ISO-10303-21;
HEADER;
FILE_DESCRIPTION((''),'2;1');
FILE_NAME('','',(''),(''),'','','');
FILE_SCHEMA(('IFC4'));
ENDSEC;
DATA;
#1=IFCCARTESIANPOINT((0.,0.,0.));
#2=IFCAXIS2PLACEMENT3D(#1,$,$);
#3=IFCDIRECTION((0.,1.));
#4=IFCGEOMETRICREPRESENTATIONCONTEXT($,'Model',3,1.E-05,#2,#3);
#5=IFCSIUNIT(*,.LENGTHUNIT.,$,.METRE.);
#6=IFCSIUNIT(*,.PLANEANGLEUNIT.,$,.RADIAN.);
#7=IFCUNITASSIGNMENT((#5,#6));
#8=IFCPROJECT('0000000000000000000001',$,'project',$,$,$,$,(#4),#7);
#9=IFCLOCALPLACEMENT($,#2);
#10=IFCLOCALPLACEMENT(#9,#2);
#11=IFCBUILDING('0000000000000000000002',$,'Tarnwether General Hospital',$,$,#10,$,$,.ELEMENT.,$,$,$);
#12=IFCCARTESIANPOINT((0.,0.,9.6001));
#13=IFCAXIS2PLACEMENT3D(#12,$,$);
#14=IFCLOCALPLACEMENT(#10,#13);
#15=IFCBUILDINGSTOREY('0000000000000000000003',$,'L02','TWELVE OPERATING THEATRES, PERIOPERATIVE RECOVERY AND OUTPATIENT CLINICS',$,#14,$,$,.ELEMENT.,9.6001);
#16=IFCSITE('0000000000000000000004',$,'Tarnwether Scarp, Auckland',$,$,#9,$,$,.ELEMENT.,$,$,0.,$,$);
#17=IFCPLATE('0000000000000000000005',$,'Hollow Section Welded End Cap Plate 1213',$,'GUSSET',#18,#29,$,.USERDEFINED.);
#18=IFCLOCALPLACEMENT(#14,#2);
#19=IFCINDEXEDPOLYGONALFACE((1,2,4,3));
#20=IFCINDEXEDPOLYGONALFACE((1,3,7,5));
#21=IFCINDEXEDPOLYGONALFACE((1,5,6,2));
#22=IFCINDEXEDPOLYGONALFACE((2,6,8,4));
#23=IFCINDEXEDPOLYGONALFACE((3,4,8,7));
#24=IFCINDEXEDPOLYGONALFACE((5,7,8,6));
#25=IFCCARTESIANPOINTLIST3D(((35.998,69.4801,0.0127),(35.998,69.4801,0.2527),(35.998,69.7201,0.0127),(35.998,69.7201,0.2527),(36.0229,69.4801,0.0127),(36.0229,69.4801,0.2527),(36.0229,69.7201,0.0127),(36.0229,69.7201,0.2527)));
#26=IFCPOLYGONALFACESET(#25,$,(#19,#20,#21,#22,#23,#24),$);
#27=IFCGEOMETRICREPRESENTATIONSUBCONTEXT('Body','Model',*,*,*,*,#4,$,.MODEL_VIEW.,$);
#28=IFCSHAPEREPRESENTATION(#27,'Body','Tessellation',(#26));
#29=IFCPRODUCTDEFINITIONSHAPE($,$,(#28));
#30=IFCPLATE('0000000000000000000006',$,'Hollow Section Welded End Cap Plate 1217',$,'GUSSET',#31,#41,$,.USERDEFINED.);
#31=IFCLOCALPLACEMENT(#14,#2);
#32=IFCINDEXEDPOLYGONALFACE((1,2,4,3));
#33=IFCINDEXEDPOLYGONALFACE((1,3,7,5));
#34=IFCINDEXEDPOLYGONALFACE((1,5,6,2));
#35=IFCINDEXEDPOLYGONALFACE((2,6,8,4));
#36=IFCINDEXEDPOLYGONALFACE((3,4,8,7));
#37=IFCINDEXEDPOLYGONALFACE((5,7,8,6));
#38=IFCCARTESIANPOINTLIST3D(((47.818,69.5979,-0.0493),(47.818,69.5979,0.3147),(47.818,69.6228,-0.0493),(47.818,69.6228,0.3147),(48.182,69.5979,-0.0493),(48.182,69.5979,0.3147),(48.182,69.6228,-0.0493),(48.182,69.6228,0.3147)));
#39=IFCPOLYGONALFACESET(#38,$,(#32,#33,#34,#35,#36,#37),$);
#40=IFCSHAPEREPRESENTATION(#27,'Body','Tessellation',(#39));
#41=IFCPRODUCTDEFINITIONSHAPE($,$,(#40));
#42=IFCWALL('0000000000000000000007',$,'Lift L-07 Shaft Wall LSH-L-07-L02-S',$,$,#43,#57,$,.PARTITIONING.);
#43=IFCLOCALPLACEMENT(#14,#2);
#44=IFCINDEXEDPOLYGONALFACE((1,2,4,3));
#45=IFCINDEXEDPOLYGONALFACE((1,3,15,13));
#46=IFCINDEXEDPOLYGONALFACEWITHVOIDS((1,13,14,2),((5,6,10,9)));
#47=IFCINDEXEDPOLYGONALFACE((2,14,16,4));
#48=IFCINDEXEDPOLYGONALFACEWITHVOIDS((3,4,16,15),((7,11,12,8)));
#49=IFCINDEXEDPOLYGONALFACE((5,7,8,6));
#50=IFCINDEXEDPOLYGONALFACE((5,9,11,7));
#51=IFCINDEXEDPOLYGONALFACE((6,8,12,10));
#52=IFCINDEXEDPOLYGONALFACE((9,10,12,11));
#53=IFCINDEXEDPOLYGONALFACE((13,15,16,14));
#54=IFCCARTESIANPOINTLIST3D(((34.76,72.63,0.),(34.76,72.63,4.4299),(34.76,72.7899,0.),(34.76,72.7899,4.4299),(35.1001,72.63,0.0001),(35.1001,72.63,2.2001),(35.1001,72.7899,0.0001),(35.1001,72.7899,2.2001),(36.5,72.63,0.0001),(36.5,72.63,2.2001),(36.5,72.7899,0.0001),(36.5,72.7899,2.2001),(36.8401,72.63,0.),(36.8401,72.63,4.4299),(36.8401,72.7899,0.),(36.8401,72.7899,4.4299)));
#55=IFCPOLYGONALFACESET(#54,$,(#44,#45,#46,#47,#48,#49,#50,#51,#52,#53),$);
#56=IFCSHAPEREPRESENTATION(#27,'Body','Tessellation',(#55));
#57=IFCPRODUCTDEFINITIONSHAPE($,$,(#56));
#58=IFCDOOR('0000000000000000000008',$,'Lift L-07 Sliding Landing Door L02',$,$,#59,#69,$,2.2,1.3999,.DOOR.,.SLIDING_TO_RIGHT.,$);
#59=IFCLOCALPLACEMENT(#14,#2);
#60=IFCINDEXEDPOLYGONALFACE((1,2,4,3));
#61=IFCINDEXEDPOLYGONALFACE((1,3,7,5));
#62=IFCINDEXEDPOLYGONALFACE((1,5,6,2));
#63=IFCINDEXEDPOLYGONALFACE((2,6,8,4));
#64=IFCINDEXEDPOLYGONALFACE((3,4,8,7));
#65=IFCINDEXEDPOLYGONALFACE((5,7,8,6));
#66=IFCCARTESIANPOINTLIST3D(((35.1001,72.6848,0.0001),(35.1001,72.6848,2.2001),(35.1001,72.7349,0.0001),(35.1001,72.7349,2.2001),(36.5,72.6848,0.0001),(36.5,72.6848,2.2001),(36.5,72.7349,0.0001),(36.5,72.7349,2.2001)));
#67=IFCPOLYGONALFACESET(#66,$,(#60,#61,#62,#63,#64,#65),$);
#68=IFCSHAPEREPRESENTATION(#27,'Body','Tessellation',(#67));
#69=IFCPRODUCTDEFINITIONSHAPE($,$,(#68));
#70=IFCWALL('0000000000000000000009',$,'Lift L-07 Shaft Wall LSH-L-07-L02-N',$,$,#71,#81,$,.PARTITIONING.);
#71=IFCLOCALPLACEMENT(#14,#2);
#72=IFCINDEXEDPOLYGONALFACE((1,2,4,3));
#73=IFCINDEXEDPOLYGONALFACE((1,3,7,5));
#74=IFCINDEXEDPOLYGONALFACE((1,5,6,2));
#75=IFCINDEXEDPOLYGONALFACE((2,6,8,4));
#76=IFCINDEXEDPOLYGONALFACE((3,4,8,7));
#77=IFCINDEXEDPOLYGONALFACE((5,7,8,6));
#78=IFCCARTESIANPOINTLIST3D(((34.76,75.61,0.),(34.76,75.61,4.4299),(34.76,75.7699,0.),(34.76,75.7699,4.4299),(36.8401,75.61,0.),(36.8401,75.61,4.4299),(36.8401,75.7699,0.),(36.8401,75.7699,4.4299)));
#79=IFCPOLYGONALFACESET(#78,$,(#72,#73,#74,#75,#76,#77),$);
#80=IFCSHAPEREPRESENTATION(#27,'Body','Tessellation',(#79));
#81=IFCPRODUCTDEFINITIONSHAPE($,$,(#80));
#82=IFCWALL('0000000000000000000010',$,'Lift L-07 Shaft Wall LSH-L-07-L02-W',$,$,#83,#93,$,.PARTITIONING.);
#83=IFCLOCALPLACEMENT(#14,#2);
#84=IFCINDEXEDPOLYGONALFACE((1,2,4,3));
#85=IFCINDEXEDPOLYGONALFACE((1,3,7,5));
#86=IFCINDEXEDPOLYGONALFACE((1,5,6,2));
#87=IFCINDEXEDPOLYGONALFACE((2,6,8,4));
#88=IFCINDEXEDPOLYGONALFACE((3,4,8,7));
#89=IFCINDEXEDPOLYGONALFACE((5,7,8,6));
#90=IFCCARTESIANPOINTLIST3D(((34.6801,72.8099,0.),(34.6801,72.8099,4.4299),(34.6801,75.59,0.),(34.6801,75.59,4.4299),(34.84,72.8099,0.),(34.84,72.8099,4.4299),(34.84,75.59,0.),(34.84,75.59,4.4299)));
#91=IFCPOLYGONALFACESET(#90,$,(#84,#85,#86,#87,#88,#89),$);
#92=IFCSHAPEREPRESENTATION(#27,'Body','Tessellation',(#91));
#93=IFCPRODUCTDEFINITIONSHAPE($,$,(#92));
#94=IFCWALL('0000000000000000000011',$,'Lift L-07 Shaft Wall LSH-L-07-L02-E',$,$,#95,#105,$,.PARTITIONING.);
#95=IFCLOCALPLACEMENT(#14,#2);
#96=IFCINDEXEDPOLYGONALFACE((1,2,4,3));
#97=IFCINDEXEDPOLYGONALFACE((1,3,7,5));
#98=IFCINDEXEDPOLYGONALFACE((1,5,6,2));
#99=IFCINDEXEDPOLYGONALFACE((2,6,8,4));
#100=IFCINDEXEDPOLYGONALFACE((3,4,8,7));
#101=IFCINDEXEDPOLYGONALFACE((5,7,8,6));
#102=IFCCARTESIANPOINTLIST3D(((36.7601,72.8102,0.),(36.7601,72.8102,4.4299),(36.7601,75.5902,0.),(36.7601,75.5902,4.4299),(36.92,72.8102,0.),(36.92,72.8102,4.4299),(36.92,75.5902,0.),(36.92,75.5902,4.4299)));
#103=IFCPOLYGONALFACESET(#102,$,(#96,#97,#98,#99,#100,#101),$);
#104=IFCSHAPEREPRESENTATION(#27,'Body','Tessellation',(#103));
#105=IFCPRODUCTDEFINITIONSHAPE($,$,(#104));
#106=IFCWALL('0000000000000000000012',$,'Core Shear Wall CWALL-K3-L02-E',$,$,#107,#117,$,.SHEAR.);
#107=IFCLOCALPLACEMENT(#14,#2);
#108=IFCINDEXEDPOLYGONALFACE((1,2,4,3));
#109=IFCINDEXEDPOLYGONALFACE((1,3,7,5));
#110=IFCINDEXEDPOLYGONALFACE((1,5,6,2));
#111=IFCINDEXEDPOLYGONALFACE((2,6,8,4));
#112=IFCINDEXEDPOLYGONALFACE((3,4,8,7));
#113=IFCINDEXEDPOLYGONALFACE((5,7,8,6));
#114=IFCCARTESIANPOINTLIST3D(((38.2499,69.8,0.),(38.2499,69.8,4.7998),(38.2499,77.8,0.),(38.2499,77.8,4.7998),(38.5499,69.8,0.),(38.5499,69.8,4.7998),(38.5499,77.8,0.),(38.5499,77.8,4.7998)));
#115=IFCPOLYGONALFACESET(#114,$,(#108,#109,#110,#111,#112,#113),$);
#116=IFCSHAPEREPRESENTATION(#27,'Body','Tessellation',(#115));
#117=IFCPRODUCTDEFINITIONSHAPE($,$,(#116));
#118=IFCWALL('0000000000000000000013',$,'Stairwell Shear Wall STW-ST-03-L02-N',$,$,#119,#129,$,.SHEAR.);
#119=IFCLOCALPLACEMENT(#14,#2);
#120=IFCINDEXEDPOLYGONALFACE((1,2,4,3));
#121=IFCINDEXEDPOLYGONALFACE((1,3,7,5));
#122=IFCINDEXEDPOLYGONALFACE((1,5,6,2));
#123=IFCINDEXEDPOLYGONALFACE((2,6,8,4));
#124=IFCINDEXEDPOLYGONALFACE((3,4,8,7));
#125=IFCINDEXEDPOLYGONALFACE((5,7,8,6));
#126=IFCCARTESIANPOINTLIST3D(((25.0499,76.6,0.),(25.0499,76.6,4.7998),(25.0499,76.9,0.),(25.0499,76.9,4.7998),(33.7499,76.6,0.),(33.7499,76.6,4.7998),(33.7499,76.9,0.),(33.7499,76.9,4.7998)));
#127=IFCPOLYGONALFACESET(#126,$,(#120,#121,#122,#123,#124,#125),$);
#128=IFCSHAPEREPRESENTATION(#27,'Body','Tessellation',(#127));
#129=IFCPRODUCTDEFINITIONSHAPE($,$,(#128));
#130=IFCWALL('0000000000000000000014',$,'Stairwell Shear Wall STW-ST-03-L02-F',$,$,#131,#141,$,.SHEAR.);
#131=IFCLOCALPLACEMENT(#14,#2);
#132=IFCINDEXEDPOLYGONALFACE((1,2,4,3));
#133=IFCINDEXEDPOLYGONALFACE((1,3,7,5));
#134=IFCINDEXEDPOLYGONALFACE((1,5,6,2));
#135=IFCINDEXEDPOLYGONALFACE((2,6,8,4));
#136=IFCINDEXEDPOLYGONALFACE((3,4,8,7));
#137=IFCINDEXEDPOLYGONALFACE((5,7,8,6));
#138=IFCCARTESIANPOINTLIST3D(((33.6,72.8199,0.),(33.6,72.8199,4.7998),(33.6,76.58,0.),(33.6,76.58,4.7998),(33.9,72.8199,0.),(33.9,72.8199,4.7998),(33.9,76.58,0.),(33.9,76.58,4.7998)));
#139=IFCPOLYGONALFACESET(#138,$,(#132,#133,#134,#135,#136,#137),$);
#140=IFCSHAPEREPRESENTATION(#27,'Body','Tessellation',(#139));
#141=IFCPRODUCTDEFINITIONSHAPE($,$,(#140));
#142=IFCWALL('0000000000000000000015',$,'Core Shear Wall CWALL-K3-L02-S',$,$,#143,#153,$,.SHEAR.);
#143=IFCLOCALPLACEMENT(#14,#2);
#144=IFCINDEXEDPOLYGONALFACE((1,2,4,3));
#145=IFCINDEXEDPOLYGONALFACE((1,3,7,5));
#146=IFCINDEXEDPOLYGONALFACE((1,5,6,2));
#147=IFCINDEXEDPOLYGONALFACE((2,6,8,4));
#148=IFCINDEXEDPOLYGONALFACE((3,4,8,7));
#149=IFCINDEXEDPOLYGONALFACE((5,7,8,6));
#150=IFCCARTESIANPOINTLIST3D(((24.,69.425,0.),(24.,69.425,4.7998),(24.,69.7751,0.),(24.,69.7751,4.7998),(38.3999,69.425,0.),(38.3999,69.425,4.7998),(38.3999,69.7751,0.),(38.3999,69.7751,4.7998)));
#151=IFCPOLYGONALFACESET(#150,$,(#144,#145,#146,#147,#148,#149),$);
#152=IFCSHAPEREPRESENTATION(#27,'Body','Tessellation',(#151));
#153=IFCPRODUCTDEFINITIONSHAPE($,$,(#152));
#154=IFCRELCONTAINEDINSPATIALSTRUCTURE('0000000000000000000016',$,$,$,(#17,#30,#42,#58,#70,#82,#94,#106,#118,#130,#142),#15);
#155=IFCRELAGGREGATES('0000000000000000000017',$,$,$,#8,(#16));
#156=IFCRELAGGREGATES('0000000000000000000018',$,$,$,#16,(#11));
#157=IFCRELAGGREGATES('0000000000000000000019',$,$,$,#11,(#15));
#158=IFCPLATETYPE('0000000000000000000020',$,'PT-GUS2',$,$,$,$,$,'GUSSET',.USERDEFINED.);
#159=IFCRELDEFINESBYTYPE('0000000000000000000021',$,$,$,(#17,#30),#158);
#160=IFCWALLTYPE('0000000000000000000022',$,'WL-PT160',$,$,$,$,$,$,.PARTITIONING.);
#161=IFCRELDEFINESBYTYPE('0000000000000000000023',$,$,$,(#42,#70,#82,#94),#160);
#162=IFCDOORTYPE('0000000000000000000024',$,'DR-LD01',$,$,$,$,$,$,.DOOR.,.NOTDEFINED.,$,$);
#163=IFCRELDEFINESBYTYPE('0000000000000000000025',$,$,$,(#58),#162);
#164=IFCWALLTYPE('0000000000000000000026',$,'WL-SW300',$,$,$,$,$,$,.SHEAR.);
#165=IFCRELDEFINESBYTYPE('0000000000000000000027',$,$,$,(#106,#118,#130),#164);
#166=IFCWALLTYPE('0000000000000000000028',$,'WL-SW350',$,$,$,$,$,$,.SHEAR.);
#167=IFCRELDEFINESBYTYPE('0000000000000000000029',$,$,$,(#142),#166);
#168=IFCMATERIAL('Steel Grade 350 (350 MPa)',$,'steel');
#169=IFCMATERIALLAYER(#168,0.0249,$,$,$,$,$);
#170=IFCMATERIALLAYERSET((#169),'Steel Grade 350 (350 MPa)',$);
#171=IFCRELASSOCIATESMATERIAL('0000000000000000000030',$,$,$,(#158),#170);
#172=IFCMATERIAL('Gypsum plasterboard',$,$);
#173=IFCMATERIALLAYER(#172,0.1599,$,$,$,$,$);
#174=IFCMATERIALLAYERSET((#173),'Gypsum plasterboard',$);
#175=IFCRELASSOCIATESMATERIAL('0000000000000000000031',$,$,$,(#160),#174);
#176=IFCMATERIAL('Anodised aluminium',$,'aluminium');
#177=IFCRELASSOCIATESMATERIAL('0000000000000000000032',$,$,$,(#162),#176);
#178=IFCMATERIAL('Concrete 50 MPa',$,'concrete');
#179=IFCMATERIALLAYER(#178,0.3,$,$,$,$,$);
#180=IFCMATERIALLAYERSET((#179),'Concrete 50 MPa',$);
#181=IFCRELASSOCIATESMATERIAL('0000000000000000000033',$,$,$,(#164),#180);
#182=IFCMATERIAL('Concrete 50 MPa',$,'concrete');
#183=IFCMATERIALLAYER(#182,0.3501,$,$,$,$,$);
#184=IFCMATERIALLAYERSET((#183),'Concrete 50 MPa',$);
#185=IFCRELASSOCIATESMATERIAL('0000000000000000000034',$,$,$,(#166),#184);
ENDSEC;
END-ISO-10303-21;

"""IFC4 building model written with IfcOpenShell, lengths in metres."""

from ifc_helpers import new_model, si_unit, direction, frame, frame_2d, origin, origin_2d, place, context, subcontext, project, spatial, rectangle, extrude, material, layer, layer_set, type_object, element, fill, save


model = new_model("IFC4")

# Units and contexts
model_context = context("Model", 3, precision=1e-05, world=origin(), true_north=direction((0.0, 1.0)))
body_context = subcontext(model_context, "Body", "Model", "MODEL_VIEW")
ifc_project = project(units=[si_unit("LENGTHUNIT", "METRE"), si_unit("PLANEANGLEUNIT", "RADIAN")], contexts=[model_context])

# Site, building, storey
site_placement = place(None, origin())
site = spatial("IfcSite", under=ifc_project, at=site_placement, Name="Tarnwether Scarp, Auckland", CompositionType="ELEMENT", RefElevation=0.0)
building_placement = place(site_placement, origin())
building = spatial("IfcBuilding", under=site, at=building_placement, Name="Tarnwether General Hospital", CompositionType="ELEMENT")
storey_placement = place(building_placement, frame((0.0, 0.0, 9.6001)))
storey = spatial("IfcBuildingStorey", under=building, at=storey_placement, Name="L02", Description="TWELVE OPERATING THEATRES, PERIOPERATIVE RECOVERY AND OUTPATIENT CLINICS", CompositionType="ELEMENT", Elevation=9.6001)

# Plates
ifc_material_1 = material(Name="Steel Grade 350 (350 MPa)", Category="steel")
ifc_layer_1 = layer(ifc_material_1, 0.0249)
ifc_layer_set_1 = layer_set([ifc_layer_1], Name="Steel Grade 350 (350 MPa)")
plate_type = type_object("IfcPlateType", Name="PT-GUS2", ElementType="GUSSET", PredefinedType="USERDEFINED", material=ifc_layer_set_1)
plate_1_placement = place(storey_placement, frame((36.0105, 69.6001, 0.0127), z_axis=(0.0, 0.0, 1.0), x_axis=(-1.0, 0.0, 0.0)))
element("IfcPlate", 1, at=plate_1_placement, inside=storey, type_object=plate_type, Name="Hollow Section Welded End Cap Plate 1213", ObjectType="GUSSET", PredefinedType="USERDEFINED", context=body_context, shape_type="SweptSolid", body=[
    extrude(rectangle(XDim=0.0249, YDim=0.24, at=origin_2d()), origin(), (0.0, 0.0, 1.0), 0.24),
])
plate_2_placement = place(storey_placement, frame((48.0, 69.6104, -0.0493), z_axis=(0.0, 0.0, 1.0), x_axis=(0.0, -1.0, 0.0)))
element("IfcPlate", 2, at=plate_2_placement, inside=storey, type_object=plate_type, Name="Hollow Section Welded End Cap Plate 1217", ObjectType="GUSSET", PredefinedType="USERDEFINED", context=body_context, shape_type="SweptSolid", body=[
    extrude(rectangle(XDim=0.0249, YDim=0.364, at=origin_2d()), origin(), (0.0, 0.0, 1.0), 0.364),
])

# Wall, opening, door
ifc_material_2 = material(Name="Gypsum plasterboard")
ifc_layer_2 = layer(ifc_material_2, 0.1599)
ifc_layer_set_2 = layer_set([ifc_layer_2], Name="Gypsum plasterboard")
wall_type_1 = type_object("IfcWallType", Name="WL-PT160", PredefinedType="PARTITIONING", material=ifc_layer_set_2)
wall_1_placement = place(storey_placement, frame((34.76, 72.71, 0.0), z_axis=(0.0, 0.0, 1.0), x_axis=(1.0, 0.0, 0.0)))
wall_1 = element("IfcWall", 3, at=wall_1_placement, inside=storey, type_object=wall_type_1, Name="Lift L-07 Shaft Wall LSH-L-07-L02-S", PredefinedType="PARTITIONING", context=body_context, shape_type="SweptSolid", body=[
    extrude(rectangle(XDim=2.0801, YDim=0.1599, at=frame_2d((1.04, 0.0))), origin(), (0.0, 0.0, 1.0), 4.4299),
])
opening_placement = place(wall_1_placement, frame((0.3401, 0.0, 0.0)))
opening = element("IfcOpeningElement", 4, at=opening_placement, cuts=wall_1, PredefinedType="OPENING", context=body_context, shape_type="SweptSolid", body=[
    extrude(rectangle(XDim=1.3999, YDim=2.2, at=frame_2d((0.7, 1.1001))), frame((0.0, 0.0898, 0.0), z_axis=(0.0, -1.0, 0.0), x_axis=(1.0, 0.0, 0.0)), (0.0, 0.0, 1.0), 0.1799),
])
ifc_material_3 = material(Name="Anodised aluminium", Category="aluminium")
door_type = type_object("IfcDoorType", Name="DR-LD01", OperationType="NOTDEFINED", PredefinedType="DOOR", material=ifc_material_3)
door_placement = place(opening_placement, origin())
door = element("IfcDoor", 5, at=door_placement, inside=storey, type_object=door_type, Name="Lift L-07 Sliding Landing Door L02", OperationType="SLIDING_TO_RIGHT", OverallHeight=2.2, OverallWidth=1.3999, PredefinedType="DOOR", context=body_context, shape_type="SweptSolid", body=[
    extrude(rectangle(XDim=1.3999, YDim=2.2, at=frame_2d((0.7, 1.1001))), frame((0.0, 0.0249, 0.0), z_axis=(0.0, -1.0, 0.0), x_axis=(1.0, 0.0, 0.0)), (0.0, 0.0, 1.0), 0.05),
])
fill(opening, door)

# Walls
wall_2_placement = place(storey_placement, frame((36.8401, 75.6899, 0.0), z_axis=(0.0, 0.0, 1.0), x_axis=(-1.0, 0.0, 0.0)))
element("IfcWall", 6, at=wall_2_placement, inside=storey, type_object=wall_type_1, Name="Lift L-07 Shaft Wall LSH-L-07-L02-N", PredefinedType="PARTITIONING", context=body_context, shape_type="SweptSolid", body=[
    extrude(rectangle(XDim=2.0801, YDim=0.1599, at=frame_2d((1.04, 0.0))), origin(), (0.0, 0.0, 1.0), 4.4299),
])
for number, where, z_axis, x_axis, name in (
    (7, (34.76, 75.5901, 0.0), (0.0, 0.0, 1.0), (0.0, -1.0, 0.0), "Lift L-07 Shaft Wall LSH-L-07-L02-W"),
    (8, (36.8401, 72.8101, 0.0), (0.0, 0.0, 1.0), (0.0, 1.0, 0.0), "Lift L-07 Shaft Wall LSH-L-07-L02-E"),
):
    element("IfcWall", number, at=place(storey_placement, frame(where, z_axis=z_axis, x_axis=x_axis)), inside=storey, type_object=wall_type_1, Name=name, PredefinedType="PARTITIONING", context=body_context, shape_type="SweptSolid", body=[
        extrude(rectangle(XDim=2.78, YDim=0.1599, at=frame_2d((1.3901, 0.0))), origin(), (0.0, 0.0, 1.0), 4.4299),
    ])
ifc_material_4 = material(Name="Concrete 50 MPa", Category="concrete")
ifc_layer_3 = layer(ifc_material_4, 0.3)
ifc_layer_set_3 = layer_set([ifc_layer_3], Name="Concrete 50 MPa")
wall_type_2 = type_object("IfcWallType", Name="WL-SW300", PredefinedType="SHEAR", material=ifc_layer_set_3)
wall_3_placement = place(storey_placement, frame((38.3999, 77.8, 0.0), z_axis=(0.0, 0.0, 1.0), x_axis=(0.0, -1.0, 0.0)))
element("IfcWall", 9, at=wall_3_placement, inside=storey, type_object=wall_type_2, Name="Core Shear Wall CWALL-K3-L02-E", PredefinedType="SHEAR", context=body_context, shape_type="SweptSolid", body=[
    extrude(rectangle(XDim=8.0, YDim=0.3, at=frame_2d((4.0, 0.0))), origin(), (0.0, 0.0, 1.0), 4.7998),
])
wall_4_placement = place(storey_placement, frame((33.75, 76.75, 0.0), z_axis=(0.0, 0.0, 1.0), x_axis=(-1.0, 0.0, 0.0)))
element("IfcWall", 10, at=wall_4_placement, inside=storey, type_object=wall_type_2, Name="Stairwell Shear Wall STW-ST-03-L02-N", PredefinedType="SHEAR", context=body_context, shape_type="SweptSolid", body=[
    extrude(rectangle(XDim=8.7, YDim=0.3, at=frame_2d((4.3501, 0.0))), origin(), (0.0, 0.0, 1.0), 4.7998),
])
wall_5_placement = place(storey_placement, frame((33.75, 72.8201, 0.0), z_axis=(0.0, 0.0, 1.0), x_axis=(0.0, 1.0, 0.0)))
element("IfcWall", 11, at=wall_5_placement, inside=storey, type_object=wall_type_2, Name="Stairwell Shear Wall STW-ST-03-L02-F", PredefinedType="SHEAR", context=body_context, shape_type="SweptSolid", body=[
    extrude(rectangle(XDim=3.76, YDim=0.3, at=frame_2d((1.8799, 0.0))), origin(), (0.0, 0.0, 1.0), 4.7998),
])
ifc_material_5 = material(Name="Concrete 50 MPa", Category="concrete")
ifc_layer_4 = layer(ifc_material_5, 0.3501)
ifc_layer_set_4 = layer_set([ifc_layer_4], Name="Concrete 50 MPa")
wall_type_3 = type_object("IfcWallType", Name="WL-SW350", PredefinedType="SHEAR", material=ifc_layer_set_4)
wall_6_placement = place(storey_placement, frame((38.3999, 69.6001, 0.0), z_axis=(0.0, 0.0, 1.0), x_axis=(-1.0, 0.0, 0.0)))
element("IfcWall", 12, at=wall_6_placement, inside=storey, type_object=wall_type_3, Name="Core Shear Wall CWALL-K3-L02-S", PredefinedType="SHEAR", context=body_context, shape_type="SweptSolid", body=[
    extrude(rectangle(XDim=14.3999, YDim=0.3501, at=frame_2d((7.2, 0.0))), origin(), (0.0, 0.0, 1.0), 4.7998),
])

save(model, "model.ifc")
